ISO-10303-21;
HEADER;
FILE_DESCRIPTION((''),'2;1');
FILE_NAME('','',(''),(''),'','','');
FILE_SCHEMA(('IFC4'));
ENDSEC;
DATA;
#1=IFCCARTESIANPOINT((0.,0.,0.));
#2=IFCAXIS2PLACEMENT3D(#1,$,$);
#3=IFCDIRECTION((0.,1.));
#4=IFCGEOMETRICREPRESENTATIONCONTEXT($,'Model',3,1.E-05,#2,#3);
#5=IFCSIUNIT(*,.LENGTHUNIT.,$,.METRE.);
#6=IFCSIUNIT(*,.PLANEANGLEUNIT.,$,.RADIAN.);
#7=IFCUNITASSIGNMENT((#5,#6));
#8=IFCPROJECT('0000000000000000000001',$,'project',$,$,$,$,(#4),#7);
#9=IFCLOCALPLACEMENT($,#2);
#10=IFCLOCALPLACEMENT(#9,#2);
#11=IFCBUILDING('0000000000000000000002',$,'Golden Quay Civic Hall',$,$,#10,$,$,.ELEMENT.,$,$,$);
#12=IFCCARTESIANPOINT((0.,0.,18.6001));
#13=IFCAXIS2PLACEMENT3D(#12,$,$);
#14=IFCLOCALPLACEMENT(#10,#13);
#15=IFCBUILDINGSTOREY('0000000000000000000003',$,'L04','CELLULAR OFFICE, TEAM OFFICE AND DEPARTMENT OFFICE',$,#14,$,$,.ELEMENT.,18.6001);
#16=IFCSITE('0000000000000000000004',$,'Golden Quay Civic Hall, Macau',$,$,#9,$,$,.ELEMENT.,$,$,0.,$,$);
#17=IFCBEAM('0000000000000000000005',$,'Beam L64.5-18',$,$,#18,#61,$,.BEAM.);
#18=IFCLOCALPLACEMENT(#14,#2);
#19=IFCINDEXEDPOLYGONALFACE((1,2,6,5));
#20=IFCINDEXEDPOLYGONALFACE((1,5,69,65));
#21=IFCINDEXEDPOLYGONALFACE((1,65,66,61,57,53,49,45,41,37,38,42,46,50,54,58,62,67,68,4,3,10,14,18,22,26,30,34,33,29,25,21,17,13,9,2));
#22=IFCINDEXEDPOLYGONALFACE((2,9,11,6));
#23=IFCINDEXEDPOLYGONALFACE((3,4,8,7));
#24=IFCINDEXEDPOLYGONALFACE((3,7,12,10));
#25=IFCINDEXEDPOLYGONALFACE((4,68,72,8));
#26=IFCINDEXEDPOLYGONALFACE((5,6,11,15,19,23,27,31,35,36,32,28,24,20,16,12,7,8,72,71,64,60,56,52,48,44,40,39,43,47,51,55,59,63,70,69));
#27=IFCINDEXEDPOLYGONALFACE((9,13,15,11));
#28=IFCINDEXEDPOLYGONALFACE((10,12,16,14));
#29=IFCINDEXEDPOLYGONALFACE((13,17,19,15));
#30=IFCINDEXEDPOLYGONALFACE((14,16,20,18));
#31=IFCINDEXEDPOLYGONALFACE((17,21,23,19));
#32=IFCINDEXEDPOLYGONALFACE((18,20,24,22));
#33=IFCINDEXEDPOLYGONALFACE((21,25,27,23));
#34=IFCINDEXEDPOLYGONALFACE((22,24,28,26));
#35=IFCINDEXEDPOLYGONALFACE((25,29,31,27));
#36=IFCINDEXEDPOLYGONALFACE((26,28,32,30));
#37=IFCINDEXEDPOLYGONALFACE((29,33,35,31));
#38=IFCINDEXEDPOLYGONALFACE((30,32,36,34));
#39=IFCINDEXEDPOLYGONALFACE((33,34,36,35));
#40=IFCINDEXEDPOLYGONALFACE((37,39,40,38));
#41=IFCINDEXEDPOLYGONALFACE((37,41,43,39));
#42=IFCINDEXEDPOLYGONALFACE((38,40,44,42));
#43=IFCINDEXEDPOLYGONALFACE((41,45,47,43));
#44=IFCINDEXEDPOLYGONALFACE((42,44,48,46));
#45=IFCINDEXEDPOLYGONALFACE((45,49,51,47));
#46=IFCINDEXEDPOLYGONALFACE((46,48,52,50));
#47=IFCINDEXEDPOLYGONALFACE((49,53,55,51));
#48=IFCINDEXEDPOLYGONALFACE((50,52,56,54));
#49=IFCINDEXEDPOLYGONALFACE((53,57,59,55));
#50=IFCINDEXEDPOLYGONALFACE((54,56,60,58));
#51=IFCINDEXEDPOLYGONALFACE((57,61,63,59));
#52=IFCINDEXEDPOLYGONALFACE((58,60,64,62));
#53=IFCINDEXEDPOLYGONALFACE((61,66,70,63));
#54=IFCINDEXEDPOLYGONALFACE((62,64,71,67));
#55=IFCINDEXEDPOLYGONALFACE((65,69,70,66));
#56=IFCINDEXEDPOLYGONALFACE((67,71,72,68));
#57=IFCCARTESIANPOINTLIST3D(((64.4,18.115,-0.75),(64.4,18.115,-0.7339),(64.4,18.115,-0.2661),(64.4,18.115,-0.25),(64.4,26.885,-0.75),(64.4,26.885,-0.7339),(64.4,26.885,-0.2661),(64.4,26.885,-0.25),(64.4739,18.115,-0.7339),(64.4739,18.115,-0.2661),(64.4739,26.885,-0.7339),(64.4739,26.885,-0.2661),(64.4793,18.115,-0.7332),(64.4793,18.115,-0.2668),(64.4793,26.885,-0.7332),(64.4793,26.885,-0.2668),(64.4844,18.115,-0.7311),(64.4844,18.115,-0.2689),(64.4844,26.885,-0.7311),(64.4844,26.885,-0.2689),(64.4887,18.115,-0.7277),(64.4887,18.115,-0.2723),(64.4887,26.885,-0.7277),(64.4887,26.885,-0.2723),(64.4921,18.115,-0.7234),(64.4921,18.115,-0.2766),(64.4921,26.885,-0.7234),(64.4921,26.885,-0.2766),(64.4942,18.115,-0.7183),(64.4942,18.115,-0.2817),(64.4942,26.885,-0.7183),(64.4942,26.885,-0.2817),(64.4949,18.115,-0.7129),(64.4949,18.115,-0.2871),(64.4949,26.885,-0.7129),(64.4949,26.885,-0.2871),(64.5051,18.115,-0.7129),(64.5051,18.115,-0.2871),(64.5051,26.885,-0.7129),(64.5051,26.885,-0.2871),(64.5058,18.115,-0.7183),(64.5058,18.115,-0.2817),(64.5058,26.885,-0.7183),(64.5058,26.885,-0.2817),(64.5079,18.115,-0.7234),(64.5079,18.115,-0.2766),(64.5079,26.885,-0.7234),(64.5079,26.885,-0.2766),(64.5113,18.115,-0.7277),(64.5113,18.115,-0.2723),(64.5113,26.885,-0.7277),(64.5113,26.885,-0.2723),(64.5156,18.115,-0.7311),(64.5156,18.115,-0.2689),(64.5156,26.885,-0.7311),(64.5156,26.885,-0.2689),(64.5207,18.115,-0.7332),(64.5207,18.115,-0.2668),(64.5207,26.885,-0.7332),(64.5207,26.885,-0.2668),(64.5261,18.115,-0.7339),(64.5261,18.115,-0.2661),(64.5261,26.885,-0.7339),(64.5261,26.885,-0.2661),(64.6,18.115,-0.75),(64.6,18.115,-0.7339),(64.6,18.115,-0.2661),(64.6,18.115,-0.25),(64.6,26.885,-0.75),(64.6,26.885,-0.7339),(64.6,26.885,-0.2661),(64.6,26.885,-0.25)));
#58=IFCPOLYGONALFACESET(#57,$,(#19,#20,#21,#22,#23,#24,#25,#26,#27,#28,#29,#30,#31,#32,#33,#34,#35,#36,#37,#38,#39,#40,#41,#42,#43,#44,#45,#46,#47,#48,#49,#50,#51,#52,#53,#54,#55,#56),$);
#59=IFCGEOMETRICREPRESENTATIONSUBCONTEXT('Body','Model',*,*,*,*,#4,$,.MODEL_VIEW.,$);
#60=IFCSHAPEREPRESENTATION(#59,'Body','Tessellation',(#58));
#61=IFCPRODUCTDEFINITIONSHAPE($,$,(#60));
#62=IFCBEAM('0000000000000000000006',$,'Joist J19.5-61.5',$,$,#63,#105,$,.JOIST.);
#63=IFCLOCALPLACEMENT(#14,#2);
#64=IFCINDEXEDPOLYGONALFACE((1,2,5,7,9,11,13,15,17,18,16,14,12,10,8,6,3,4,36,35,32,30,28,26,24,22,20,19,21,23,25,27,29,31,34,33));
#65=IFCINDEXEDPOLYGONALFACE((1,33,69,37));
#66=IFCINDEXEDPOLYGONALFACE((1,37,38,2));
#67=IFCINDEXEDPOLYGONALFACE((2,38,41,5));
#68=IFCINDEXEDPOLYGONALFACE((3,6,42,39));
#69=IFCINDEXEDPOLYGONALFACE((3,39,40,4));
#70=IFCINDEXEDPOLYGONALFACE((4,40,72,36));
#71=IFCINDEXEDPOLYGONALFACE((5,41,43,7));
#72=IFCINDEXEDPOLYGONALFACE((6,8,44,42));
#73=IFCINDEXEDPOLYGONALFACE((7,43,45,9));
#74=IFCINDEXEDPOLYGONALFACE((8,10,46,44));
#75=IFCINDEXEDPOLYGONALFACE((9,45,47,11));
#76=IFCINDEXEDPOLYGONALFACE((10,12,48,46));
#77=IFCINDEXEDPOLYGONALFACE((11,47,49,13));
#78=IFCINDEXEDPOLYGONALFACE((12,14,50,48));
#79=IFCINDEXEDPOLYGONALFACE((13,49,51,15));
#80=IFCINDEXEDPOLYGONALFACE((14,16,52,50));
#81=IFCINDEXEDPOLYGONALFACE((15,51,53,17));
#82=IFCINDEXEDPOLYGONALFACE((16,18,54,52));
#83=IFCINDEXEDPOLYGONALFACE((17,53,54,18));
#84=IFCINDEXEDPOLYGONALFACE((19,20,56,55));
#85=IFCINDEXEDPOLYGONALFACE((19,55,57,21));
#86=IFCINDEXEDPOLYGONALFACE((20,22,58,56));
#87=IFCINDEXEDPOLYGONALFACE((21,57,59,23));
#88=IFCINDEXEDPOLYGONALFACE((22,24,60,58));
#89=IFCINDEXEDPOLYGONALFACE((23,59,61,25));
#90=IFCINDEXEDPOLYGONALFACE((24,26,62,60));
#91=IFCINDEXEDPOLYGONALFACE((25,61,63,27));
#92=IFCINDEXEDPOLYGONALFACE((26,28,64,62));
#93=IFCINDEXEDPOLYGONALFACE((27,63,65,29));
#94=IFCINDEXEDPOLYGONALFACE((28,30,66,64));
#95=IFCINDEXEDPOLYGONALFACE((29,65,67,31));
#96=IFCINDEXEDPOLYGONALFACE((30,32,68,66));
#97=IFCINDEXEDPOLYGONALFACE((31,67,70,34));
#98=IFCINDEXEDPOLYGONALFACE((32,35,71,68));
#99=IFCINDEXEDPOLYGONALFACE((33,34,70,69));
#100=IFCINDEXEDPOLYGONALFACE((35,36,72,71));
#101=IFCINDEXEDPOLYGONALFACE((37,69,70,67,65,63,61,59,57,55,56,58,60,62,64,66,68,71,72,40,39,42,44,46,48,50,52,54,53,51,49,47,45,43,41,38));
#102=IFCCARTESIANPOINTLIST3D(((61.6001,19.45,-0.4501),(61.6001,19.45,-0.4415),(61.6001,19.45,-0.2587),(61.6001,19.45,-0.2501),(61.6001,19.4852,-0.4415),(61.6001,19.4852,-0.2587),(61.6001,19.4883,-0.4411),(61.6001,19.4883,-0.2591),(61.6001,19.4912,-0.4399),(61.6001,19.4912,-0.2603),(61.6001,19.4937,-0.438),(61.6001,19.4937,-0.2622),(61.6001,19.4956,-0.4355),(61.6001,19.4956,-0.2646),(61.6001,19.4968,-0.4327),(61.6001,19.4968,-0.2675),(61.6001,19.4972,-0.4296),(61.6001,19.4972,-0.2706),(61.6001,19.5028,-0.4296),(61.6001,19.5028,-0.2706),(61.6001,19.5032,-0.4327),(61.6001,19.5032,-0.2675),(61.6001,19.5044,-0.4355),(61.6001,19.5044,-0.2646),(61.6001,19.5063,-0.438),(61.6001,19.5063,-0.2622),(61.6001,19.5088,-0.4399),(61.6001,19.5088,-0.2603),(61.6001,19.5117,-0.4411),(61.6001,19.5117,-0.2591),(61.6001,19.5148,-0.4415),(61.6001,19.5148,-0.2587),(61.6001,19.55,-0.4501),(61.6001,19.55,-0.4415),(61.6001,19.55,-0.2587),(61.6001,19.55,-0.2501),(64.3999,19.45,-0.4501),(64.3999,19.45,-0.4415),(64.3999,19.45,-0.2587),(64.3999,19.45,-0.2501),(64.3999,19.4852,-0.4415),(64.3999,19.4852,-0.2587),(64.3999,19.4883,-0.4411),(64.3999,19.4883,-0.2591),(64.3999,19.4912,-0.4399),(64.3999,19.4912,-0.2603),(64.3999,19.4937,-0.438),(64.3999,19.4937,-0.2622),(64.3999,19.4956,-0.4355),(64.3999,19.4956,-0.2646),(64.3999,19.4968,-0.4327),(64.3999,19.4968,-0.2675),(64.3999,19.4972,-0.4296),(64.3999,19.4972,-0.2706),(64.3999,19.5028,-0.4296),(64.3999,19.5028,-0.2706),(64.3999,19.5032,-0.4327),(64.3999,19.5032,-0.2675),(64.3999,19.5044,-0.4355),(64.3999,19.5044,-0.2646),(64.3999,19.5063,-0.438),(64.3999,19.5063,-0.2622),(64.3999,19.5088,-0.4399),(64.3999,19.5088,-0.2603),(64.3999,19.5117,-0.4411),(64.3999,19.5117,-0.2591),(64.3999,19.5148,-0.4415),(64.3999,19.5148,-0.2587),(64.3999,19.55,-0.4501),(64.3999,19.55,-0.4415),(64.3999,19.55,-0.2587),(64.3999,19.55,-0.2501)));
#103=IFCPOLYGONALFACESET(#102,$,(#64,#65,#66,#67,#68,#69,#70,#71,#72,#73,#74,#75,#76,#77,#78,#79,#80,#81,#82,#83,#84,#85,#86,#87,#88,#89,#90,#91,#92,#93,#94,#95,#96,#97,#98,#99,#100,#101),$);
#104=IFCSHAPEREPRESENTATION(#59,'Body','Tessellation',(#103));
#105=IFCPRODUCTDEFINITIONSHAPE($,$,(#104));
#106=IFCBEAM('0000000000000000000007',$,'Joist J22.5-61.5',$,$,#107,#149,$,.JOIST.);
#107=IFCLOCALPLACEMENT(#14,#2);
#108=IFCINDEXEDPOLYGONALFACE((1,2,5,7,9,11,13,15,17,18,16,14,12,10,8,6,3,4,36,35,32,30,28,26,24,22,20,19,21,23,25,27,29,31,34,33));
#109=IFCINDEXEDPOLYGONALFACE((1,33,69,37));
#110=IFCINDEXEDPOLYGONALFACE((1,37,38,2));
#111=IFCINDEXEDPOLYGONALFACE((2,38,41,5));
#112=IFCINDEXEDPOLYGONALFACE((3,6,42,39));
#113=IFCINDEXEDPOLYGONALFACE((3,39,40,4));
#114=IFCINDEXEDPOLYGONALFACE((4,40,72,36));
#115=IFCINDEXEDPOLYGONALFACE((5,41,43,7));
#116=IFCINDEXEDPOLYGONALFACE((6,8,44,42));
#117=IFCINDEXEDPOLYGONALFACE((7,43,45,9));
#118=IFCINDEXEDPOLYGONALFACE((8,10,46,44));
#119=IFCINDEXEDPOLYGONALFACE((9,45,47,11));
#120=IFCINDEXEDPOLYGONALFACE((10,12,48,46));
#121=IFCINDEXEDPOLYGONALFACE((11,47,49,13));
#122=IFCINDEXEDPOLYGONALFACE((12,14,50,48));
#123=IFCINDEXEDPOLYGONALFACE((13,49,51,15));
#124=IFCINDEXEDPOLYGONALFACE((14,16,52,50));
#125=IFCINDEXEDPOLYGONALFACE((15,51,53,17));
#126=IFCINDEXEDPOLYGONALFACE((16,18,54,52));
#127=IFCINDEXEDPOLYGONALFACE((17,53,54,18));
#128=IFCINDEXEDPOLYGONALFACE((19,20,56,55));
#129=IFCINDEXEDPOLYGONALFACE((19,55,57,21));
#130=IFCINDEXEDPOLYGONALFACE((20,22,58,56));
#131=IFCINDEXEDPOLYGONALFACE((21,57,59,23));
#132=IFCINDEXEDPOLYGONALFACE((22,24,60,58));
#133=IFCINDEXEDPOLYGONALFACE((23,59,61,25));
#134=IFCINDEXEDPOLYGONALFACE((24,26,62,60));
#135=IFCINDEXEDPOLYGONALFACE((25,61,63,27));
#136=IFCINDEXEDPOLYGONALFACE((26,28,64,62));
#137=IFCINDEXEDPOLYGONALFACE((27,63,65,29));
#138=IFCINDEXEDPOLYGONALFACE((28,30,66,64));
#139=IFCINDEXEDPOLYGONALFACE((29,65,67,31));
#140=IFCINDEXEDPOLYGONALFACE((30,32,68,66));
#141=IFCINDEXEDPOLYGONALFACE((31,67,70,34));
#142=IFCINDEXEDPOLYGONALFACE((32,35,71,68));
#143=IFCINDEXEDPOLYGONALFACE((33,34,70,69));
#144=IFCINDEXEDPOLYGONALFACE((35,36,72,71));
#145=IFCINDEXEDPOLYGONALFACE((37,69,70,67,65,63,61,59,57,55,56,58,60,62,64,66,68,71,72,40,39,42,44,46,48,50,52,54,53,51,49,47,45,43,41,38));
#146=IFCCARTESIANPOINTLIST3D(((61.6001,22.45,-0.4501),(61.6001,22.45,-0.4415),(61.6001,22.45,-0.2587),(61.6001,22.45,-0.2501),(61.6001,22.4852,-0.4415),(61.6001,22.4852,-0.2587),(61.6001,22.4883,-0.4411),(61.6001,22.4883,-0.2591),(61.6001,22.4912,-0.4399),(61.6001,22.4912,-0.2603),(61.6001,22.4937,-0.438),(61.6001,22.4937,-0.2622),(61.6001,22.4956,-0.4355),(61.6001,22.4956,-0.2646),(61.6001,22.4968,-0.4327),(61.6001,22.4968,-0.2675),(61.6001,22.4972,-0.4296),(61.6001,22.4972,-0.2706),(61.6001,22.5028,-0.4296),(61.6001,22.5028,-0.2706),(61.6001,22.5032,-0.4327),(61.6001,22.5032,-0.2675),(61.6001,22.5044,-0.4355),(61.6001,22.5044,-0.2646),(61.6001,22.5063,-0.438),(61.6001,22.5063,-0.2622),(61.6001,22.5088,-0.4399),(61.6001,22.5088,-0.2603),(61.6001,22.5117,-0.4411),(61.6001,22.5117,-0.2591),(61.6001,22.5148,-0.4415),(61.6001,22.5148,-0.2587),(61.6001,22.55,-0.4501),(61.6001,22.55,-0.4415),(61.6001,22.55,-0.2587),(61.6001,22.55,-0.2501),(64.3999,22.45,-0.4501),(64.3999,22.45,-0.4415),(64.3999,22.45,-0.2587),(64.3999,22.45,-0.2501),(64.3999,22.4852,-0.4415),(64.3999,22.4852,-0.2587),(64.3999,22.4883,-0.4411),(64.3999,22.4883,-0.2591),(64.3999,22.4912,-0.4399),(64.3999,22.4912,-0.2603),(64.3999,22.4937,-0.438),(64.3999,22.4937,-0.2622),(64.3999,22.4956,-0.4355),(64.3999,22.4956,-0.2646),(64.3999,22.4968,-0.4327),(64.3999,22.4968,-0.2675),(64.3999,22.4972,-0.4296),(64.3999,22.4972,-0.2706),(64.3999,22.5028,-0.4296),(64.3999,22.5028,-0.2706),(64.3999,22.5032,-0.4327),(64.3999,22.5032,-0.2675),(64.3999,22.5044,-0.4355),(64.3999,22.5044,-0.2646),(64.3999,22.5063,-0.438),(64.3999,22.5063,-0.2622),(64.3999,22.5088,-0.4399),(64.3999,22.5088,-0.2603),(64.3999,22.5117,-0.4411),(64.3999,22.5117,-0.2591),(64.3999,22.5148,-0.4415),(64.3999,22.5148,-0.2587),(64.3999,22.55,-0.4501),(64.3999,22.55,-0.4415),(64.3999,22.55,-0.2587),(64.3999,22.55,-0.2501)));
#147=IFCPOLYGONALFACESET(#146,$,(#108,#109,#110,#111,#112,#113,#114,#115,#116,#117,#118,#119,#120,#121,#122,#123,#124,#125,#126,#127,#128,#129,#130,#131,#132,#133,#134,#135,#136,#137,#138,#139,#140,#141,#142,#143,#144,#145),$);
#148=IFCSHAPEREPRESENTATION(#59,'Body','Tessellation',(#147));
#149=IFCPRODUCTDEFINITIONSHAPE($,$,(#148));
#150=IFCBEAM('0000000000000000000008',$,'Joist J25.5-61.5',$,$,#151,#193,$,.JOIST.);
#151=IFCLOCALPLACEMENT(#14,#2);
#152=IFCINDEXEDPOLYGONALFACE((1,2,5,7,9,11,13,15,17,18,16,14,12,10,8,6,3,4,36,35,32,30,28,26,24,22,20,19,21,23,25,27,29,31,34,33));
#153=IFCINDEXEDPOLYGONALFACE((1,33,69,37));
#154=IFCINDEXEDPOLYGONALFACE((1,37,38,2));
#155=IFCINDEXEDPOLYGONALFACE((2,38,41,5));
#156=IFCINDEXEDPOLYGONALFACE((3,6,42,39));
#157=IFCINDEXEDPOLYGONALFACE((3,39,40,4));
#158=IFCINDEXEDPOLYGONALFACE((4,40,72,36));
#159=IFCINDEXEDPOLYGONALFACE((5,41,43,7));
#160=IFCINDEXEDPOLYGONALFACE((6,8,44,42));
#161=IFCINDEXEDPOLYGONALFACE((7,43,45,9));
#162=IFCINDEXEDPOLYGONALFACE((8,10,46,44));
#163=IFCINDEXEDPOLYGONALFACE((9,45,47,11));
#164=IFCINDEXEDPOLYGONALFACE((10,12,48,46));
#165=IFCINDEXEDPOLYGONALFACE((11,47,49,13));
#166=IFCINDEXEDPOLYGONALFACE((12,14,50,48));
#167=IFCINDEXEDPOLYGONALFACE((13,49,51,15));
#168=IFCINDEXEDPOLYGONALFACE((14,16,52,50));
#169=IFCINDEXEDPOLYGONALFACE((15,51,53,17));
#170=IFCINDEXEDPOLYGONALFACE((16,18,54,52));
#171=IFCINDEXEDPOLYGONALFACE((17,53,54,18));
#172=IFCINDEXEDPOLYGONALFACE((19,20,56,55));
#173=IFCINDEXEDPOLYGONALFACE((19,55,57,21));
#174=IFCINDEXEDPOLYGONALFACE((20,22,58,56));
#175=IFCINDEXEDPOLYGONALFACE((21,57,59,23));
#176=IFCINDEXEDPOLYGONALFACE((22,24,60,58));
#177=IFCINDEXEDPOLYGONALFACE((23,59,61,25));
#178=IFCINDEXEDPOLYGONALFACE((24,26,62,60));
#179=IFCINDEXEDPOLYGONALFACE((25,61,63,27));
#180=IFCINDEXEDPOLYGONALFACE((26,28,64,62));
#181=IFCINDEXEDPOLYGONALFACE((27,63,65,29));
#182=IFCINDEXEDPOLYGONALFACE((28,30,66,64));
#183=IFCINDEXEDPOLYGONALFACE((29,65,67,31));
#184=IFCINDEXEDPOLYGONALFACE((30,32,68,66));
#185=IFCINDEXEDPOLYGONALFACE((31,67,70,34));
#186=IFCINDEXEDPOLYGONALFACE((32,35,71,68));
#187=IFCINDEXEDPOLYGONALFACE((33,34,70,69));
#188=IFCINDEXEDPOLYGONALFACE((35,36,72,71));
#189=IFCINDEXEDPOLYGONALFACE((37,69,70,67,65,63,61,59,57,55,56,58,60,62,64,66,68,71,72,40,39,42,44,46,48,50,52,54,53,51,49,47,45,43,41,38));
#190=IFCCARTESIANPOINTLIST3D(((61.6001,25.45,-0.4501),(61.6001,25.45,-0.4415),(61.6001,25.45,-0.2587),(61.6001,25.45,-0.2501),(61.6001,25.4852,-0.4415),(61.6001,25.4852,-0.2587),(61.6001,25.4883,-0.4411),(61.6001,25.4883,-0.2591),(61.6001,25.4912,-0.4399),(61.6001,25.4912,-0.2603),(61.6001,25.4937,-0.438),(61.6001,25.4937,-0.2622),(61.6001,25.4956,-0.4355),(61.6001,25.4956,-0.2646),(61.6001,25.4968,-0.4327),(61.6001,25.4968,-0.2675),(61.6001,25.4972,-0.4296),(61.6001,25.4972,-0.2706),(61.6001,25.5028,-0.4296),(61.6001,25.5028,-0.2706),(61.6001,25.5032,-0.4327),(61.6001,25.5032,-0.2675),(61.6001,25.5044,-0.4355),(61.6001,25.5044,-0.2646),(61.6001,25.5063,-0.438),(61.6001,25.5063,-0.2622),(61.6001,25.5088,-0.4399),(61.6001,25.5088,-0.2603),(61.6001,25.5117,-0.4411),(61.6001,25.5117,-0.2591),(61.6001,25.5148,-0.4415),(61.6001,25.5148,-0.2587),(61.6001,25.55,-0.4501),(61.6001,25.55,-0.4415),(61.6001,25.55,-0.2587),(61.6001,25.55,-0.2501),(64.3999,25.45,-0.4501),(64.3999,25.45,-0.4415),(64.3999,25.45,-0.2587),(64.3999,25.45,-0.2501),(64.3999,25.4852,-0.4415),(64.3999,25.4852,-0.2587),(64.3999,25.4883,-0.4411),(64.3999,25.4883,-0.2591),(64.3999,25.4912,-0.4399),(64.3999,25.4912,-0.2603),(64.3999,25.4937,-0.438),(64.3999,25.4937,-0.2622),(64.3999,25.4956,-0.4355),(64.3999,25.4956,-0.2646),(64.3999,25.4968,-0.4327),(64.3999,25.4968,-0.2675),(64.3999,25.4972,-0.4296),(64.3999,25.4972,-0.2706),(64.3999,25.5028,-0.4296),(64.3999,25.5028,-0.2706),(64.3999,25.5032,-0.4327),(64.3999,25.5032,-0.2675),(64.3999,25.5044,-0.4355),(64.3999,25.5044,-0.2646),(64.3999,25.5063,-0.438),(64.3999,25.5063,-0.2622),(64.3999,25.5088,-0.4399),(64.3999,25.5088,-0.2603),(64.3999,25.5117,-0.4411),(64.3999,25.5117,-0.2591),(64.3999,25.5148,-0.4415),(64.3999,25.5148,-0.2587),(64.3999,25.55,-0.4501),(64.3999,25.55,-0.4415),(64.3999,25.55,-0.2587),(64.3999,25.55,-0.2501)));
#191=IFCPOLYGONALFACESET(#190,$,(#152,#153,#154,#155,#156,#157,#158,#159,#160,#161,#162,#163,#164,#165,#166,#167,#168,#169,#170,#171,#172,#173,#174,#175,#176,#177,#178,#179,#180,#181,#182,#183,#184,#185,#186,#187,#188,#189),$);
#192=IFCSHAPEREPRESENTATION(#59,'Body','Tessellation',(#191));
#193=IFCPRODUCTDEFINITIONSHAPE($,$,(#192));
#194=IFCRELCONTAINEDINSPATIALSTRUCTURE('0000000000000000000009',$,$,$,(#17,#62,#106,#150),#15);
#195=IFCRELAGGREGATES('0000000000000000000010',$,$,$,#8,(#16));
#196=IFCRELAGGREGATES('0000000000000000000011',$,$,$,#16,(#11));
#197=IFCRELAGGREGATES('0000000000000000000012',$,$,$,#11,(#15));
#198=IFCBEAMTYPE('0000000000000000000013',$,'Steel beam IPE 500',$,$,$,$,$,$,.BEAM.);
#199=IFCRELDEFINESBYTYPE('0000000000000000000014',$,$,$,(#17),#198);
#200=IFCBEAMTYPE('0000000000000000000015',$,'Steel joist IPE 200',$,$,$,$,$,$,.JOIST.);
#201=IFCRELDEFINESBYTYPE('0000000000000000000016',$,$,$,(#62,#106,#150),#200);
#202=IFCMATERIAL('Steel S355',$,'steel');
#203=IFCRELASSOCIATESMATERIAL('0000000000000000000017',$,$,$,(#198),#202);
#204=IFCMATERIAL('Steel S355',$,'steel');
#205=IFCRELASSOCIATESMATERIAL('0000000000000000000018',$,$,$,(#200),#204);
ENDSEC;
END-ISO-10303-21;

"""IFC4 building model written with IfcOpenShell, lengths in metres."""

from ifc_helpers import new_model, si_unit, direction, frame, origin, origin_2d, place, context, subcontext, project, spatial, i_section, extrude, material, material_profile, profile_set, type_object, element, save


model = new_model("IFC4")

# Units and contexts
model_context = context("Model", 3, precision=1e-05, world=origin(), true_north=direction((0.0, 1.0)))
body_context = subcontext(model_context, "Body", "Model", "MODEL_VIEW")
ifc_project = project(units=[si_unit("LENGTHUNIT", "METRE"), si_unit("PLANEANGLEUNIT", "RADIAN")], contexts=[model_context])

# Site, building, storey
site_placement = place(None, origin())
site = spatial("IfcSite", under=ifc_project, at=site_placement, Name="Golden Quay Civic Hall, Macau", CompositionType="ELEMENT", RefElevation=0.0)
building_placement = place(site_placement, origin())
building = spatial("IfcBuilding", under=site, at=building_placement, Name="Golden Quay Civic Hall", CompositionType="ELEMENT")
storey_placement = place(building_placement, frame((0.0, 0.0, 18.6001)))
storey = spatial("IfcBuildingStorey", under=building, at=storey_placement, Name="L04", Description="CELLULAR OFFICE, TEAM OFFICE AND DEPARTMENT OFFICE", CompositionType="ELEMENT", Elevation=18.6001)

# Beams
ifc_material_1 = material(Name="Steel S355", Category="steel")
ifc_material_profile_1 = material_profile(ifc_material_1, i_section(OverallWidth=0.2, OverallDepth=0.5, WebThickness=0.0103, FlangeThickness=0.0161, FilletRadius=0.021, at=origin_2d()), Name="IPE 500")
ifc_profile_set_1 = profile_set([ifc_material_profile_1], Name="Steel S355")
beam_type_1 = type_object("IfcBeamType", Name="Steel beam IPE 500", PredefinedType="BEAM", material=ifc_profile_set_1)
for number, where, z_axis, x_axis, name in (
    (1, (64.5, 18.115, -0.5), (0.0, 1.0, 0.0), (-1.0, 0.0, 0.0), "Beam L64.5-18"),
):
    element("IfcBeam", number, at=place(storey_placement, frame(where, z_axis=z_axis, x_axis=x_axis)), inside=storey, type_object=beam_type_1, Name=name, PredefinedType="BEAM", context=body_context, shape_type="SweptSolid", body=[
        extrude(i_section(OverallWidth=0.2, OverallDepth=0.5, WebThickness=0.0103, FlangeThickness=0.0161, FilletRadius=0.021, at=origin_2d()), origin(), (0.0, 0.0, 1.0), 8.77),
    ])
ifc_material_2 = material(Name="Steel S355", Category="steel")
ifc_material_profile_2 = material_profile(ifc_material_2, i_section(OverallWidth=0.1001, OverallDepth=0.2, WebThickness=0.0056, FlangeThickness=0.0085, FilletRadius=0.012, at=origin_2d()), Name="IPE 200")
ifc_profile_set_2 = profile_set([ifc_material_profile_2], Name="Steel S355")
beam_type_2 = type_object("IfcBeamType", Name="Steel joist IPE 200", PredefinedType="JOIST", material=ifc_profile_set_2)
for number, where, z_axis, x_axis, name in (
    (2, (61.6001, 19.5, -0.3501), (1.0, 0.0, 0.0), (0.0, 1.0, 0.0), "Joist J19.5-61.5"),
    (3, (61.6001, 22.5, -0.3501), (1.0, 0.0, 0.0), (0.0, 1.0, 0.0), "Joist J22.5-61.5"),
    (4, (61.6001, 25.5, -0.3501), (1.0, 0.0, 0.0), (0.0, 1.0, 0.0), "Joist J25.5-61.5"),
):
    element("IfcBeam", number, at=place(storey_placement, frame(where, z_axis=z_axis, x_axis=x_axis)), inside=storey, type_object=beam_type_2, Name=name, PredefinedType="JOIST", context=body_context, shape_type="SweptSolid", body=[
        extrude(i_section(OverallWidth=0.1001, OverallDepth=0.2, WebThickness=0.0056, FlangeThickness=0.0085, FilletRadius=0.012, at=origin_2d()), origin(), (0.0, 0.0, 1.0), 2.7998),
    ])

save(model, "model.ifc")
